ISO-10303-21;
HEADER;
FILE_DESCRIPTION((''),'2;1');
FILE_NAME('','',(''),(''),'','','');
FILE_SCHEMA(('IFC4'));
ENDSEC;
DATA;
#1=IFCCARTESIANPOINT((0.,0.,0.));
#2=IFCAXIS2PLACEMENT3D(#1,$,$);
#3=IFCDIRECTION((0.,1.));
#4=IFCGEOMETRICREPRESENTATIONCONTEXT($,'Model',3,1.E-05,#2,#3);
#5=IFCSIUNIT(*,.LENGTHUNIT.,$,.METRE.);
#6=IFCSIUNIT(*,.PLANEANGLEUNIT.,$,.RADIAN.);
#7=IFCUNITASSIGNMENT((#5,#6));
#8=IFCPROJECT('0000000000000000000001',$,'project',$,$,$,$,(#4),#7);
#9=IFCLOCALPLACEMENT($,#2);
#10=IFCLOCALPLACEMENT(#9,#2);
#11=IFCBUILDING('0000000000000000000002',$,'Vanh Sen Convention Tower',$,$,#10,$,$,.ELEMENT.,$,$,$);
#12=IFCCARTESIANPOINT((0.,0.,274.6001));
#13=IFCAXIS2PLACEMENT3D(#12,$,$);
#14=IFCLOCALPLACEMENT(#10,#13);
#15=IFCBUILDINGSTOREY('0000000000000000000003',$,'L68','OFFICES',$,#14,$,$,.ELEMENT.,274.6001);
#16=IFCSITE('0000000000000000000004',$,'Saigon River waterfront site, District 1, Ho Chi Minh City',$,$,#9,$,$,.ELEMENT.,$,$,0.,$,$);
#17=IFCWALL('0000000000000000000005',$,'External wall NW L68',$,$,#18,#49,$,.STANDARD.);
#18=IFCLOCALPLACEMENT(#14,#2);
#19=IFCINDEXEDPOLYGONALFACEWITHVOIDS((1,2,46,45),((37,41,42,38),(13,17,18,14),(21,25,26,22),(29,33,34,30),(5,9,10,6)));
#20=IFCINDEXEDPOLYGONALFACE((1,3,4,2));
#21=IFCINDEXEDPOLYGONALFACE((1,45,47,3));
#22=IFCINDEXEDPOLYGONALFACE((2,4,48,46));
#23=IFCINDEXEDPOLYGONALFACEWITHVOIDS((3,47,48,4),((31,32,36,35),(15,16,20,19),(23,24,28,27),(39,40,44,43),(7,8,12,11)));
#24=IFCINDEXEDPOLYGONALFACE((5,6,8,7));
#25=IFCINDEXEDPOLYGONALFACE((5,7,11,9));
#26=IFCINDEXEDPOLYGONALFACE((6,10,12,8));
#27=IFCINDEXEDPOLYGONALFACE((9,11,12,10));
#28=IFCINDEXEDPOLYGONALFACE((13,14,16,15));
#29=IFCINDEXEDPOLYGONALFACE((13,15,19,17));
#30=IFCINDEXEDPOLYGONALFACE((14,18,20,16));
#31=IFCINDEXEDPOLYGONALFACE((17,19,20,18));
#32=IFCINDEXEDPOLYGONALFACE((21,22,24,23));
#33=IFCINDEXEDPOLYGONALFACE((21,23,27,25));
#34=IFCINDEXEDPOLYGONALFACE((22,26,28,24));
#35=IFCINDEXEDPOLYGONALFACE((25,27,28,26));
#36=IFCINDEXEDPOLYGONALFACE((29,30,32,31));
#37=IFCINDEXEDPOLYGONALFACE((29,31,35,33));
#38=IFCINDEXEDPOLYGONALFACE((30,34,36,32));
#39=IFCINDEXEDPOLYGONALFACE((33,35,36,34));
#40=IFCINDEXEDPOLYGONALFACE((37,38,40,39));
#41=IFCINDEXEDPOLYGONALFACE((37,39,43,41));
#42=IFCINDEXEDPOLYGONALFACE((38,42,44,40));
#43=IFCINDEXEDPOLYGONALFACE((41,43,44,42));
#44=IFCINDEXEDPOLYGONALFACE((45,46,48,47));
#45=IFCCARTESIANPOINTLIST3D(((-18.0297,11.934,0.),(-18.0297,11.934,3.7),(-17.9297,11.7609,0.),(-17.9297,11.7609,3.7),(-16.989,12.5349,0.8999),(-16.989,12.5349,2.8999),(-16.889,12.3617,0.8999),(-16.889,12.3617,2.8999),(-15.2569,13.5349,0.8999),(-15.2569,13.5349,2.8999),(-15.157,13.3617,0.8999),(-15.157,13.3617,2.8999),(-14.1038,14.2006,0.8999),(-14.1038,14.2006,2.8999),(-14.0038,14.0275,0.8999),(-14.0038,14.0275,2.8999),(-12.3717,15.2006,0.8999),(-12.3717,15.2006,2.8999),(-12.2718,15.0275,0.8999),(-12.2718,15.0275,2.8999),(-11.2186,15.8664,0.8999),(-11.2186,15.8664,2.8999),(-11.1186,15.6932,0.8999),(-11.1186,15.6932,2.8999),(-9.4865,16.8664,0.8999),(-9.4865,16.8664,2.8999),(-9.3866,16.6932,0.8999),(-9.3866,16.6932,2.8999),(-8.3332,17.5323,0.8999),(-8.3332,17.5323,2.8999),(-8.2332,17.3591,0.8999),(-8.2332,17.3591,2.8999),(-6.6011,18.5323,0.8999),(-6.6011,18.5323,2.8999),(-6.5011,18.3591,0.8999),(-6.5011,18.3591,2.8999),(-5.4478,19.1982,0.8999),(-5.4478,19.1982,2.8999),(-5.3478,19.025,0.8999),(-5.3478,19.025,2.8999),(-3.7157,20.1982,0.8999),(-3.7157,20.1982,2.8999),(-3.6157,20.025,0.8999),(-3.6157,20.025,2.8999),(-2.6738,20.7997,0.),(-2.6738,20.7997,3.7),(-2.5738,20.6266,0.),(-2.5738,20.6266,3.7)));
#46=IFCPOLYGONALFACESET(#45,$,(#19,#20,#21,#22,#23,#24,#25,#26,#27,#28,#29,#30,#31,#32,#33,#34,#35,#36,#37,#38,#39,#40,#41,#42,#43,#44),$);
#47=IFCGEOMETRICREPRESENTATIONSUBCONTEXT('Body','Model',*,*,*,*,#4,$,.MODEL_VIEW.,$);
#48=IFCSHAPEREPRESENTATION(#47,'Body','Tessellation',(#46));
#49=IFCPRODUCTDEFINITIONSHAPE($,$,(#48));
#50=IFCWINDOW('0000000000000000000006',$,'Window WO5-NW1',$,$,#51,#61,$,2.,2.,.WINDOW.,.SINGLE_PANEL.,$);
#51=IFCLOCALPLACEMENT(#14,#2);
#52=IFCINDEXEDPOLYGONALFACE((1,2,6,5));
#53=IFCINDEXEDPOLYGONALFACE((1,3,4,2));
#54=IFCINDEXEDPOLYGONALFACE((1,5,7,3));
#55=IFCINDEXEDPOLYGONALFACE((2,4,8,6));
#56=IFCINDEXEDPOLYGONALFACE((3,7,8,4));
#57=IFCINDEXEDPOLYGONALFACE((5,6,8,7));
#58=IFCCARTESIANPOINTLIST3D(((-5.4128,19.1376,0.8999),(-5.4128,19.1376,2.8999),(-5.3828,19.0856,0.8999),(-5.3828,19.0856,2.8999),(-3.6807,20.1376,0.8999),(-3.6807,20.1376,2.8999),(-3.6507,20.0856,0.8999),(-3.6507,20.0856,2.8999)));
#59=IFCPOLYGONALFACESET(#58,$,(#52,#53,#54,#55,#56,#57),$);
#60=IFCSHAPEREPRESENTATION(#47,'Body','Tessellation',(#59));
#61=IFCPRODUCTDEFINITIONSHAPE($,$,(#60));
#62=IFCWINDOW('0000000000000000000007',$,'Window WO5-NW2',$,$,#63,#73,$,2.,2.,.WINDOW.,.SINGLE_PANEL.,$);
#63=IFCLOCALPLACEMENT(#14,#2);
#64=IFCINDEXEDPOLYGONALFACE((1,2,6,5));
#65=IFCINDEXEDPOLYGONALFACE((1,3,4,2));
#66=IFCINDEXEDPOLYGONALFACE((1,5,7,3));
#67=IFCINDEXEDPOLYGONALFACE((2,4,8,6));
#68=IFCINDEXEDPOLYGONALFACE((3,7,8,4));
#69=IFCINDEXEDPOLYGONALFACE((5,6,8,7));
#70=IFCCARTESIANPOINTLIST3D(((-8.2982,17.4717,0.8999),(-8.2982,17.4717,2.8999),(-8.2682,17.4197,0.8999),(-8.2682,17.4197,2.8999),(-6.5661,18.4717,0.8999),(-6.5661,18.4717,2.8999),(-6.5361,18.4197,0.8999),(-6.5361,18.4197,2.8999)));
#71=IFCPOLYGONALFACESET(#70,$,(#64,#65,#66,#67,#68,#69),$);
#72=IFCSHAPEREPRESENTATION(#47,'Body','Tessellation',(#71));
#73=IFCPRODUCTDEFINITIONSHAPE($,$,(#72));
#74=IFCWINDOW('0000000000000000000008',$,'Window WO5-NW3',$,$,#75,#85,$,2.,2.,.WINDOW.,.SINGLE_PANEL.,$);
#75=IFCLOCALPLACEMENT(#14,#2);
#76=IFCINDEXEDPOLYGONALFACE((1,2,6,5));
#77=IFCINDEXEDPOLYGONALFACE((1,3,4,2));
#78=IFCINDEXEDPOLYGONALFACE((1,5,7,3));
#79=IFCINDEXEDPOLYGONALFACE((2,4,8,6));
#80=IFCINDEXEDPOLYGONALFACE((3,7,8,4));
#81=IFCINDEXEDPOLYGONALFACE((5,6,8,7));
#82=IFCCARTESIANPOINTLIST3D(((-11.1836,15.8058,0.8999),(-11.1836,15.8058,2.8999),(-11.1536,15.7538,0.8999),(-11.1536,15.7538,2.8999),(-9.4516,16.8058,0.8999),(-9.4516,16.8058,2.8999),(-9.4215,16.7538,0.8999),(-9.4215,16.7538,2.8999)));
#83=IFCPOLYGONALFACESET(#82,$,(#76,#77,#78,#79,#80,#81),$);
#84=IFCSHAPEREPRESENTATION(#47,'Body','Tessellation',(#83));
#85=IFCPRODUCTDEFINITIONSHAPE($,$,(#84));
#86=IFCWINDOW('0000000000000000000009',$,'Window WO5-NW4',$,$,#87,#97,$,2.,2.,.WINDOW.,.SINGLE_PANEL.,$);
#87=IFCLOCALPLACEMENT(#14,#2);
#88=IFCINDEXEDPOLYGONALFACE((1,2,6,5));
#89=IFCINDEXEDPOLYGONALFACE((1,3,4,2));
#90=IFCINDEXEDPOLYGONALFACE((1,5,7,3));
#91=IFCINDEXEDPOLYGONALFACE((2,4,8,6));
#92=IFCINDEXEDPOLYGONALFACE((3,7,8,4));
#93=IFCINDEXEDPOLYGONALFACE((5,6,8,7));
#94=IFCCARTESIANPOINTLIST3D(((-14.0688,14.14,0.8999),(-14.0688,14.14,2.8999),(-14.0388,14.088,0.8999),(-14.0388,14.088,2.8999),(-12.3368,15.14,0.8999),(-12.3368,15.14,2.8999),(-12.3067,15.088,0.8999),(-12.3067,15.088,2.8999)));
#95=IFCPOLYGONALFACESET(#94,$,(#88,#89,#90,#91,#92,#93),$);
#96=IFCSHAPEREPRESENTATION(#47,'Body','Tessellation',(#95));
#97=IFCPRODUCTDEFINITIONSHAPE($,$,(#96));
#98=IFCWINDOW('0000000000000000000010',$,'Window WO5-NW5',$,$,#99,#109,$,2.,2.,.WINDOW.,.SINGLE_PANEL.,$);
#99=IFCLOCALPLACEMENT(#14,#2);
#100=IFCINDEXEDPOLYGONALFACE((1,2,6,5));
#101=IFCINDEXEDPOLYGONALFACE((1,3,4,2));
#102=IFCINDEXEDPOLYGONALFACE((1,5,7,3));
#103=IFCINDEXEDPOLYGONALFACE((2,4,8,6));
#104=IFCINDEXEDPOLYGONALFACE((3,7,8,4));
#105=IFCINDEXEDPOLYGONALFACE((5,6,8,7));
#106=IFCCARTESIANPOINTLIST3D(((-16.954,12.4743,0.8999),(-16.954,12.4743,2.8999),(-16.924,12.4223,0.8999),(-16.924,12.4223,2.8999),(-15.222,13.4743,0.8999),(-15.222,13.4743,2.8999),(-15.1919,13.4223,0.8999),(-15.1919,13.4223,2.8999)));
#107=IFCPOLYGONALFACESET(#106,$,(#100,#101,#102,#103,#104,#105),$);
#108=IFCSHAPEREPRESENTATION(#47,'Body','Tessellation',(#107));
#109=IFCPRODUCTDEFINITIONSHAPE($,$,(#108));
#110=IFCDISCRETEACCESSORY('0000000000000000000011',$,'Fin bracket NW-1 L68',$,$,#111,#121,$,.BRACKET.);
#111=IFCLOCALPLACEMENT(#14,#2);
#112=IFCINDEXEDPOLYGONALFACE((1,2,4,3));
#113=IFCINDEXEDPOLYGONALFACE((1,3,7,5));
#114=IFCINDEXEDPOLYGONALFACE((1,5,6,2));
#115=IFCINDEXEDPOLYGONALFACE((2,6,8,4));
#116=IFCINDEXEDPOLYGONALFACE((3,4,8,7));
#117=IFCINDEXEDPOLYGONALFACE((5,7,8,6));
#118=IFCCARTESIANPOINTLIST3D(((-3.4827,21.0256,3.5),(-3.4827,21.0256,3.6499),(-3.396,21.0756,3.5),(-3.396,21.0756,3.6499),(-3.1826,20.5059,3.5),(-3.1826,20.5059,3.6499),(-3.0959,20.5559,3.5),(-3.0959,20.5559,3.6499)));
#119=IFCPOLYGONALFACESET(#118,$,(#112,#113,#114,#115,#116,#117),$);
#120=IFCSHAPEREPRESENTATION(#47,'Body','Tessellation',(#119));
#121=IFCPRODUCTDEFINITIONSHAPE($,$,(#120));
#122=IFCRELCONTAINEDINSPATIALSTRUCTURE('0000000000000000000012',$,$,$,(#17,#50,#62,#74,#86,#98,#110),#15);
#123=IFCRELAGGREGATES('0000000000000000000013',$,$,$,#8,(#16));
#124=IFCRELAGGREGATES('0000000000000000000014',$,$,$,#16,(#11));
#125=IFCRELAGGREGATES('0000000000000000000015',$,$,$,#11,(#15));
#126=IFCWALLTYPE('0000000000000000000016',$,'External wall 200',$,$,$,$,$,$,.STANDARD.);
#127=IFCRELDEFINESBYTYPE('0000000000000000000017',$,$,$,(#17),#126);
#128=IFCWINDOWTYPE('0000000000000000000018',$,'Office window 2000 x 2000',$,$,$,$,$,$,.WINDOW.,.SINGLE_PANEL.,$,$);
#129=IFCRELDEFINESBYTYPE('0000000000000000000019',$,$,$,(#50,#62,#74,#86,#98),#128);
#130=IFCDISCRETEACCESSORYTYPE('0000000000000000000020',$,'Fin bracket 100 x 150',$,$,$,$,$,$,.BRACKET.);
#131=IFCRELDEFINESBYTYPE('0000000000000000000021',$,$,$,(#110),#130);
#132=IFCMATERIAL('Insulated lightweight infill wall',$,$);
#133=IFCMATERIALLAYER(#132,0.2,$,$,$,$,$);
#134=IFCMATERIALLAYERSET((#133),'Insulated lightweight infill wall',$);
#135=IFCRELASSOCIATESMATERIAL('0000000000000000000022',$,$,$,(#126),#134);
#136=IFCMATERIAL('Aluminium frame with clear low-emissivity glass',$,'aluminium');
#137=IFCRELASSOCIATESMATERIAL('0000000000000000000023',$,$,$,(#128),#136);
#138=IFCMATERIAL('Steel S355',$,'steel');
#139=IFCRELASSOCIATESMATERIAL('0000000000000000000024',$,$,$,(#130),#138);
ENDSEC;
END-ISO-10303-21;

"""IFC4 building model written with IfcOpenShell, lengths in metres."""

from ifc_helpers import new_model, si_unit, direction, frame, frame_2d, origin, origin_2d, place, context, subcontext, project, spatial, rectangle, extrude, material, layer, layer_set, type_object, element, fill, save


model = new_model("IFC4")

# Units and contexts
model_context = context("Model", 3, precision=1e-05, world=origin(), true_north=direction((0.0, 1.0)))
body_context = subcontext(model_context, "Body", "Model", "MODEL_VIEW")
ifc_project = project(units=[si_unit("LENGTHUNIT", "METRE"), si_unit("PLANEANGLEUNIT", "RADIAN")], contexts=[model_context])

# Site, building, storey
site_placement = place(None, origin())
site = spatial("IfcSite", under=ifc_project, at=site_placement, Name="Saigon River waterfront site, District 1, Ho Chi Minh City", CompositionType="ELEMENT", RefElevation=0.0)
building_placement = place(site_placement, origin())
building = spatial("IfcBuilding", under=site, at=building_placement, Name="Vanh Sen Convention Tower", CompositionType="ELEMENT")
storey_placement = place(building_placement, frame((0.0, 0.0, 274.6001)))
storey = spatial("IfcBuildingStorey", under=building, at=storey_placement, Name="L68", Description="OFFICES", CompositionType="ELEMENT", Elevation=274.6001)

# Wall, openings, windows
ifc_material_1 = material(Name="Insulated lightweight infill wall")
ifc_layer_1 = layer(ifc_material_1, 0.2)
ifc_layer_set_1 = layer_set([ifc_layer_1], Name="Insulated lightweight infill wall")
wall_type_1 = type_object("IfcWallType", Name="External wall 200", PredefinedType="STANDARD", material=ifc_layer_set_1)
wall_1_placement = place(storey_placement, frame((-2.6238, 20.7131, 0.0), z_axis=(0.0, 0.0, 1.0), x_axis=(-0.866026, -0.499998, 0.0)))
wall_1 = element("IfcWall", 1, at=wall_1_placement, inside=storey, type_object=wall_type_1, Name="External wall NW L68", PredefinedType="STANDARD", context=body_context, shape_type="SweptSolid", body=[
    extrude(rectangle(XDim=17.7314, YDim=0.2, at=frame_2d((8.8657, 0.0))), origin(), (0.0, 0.0, 1.0), 3.7),
])
opening_1_placement = place(wall_1_placement, frame((1.2031, 0.0, 0.8999)))
opening_1 = element("IfcOpeningElement", 2, at=opening_1_placement, cuts=wall_1, PredefinedType="OPENING", context=body_context, shape_type="SweptSolid", body=[
    extrude(rectangle(XDim=2.0, YDim=2.0, at=frame_2d((1.0, 1.0))), frame((0.0, 0.1099, 0.0), z_axis=(0.0, -1.0, 0.0), x_axis=(1.0, 0.0, 0.0)), (0.0, 0.0, 1.0), 0.22),
])
opening_2_placement = place(wall_1_placement, frame((4.5349, 0.0, 0.8999)))
opening_2 = element("IfcOpeningElement", 3, at=opening_2_placement, cuts=wall_1, PredefinedType="OPENING", context=body_context, shape_type="SweptSolid", body=[
    extrude(rectangle(XDim=2.0, YDim=2.0, at=frame_2d((1.0, 1.0))), frame((0.0, 0.1099, 0.0), z_axis=(0.0, -1.0, 0.0), x_axis=(1.0, 0.0, 0.0)), (0.0, 0.0, 1.0), 0.22),
])
opening_3_placement = place(wall_1_placement, frame((7.8667, 0.0, 0.8999)))
opening_3 = element("IfcOpeningElement", 4, at=opening_3_placement, cuts=wall_1, PredefinedType="OPENING", context=body_context, shape_type="SweptSolid", body=[
    extrude(rectangle(XDim=2.0, YDim=2.0, at=frame_2d((1.0, 1.0))), frame((0.0, 0.1099, 0.0), z_axis=(0.0, -1.0, 0.0), x_axis=(1.0, 0.0, 0.0)), (0.0, 0.0, 1.0), 0.22),
])
opening_4_placement = place(wall_1_placement, frame((11.1982, 0.0, 0.8999)))
opening_4 = element("IfcOpeningElement", 5, at=opening_4_placement, cuts=wall_1, PredefinedType="OPENING", context=body_context, shape_type="SweptSolid", body=[
    extrude(rectangle(XDim=2.0, YDim=2.0, at=frame_2d((1.0, 1.0))), frame((0.0, 0.1099, 0.0), z_axis=(0.0, -1.0, 0.0), x_axis=(1.0, 0.0, 0.0)), (0.0, 0.0, 1.0), 0.22),
])
opening_5_placement = place(wall_1_placement, frame((14.5298, 0.0, 0.8999)))
opening_5 = element("IfcOpeningElement", 6, at=opening_5_placement, cuts=wall_1, PredefinedType="OPENING", context=body_context, shape_type="SweptSolid", body=[
    extrude(rectangle(XDim=2.0, YDim=2.0, at=frame_2d((1.0, 1.0))), frame((0.0, 0.1099, 0.0), z_axis=(0.0, -1.0, 0.0), x_axis=(1.0, 0.0, 0.0)), (0.0, 0.0, 1.0), 0.22),
])
ifc_material_2 = material(Name="Aluminium frame with clear low-emissivity glass", Category="aluminium")
window_type = type_object("IfcWindowType", Name="Office window 2000 x 2000", PartitioningType="SINGLE_PANEL", PredefinedType="WINDOW", material=ifc_material_2)
window_1_placement = place(opening_1_placement, origin())
window_1 = element("IfcWindow", 7, at=window_1_placement, inside=storey, type_object=window_type, Name="Window WO5-NW1", OverallHeight=2.0, OverallWidth=2.0, PartitioningType="SINGLE_PANEL", PredefinedType="WINDOW", context=body_context, shape_type="SweptSolid", body=[
    extrude(rectangle(XDim=2.0, YDim=2.0, at=frame_2d((1.0, 1.0))), frame((0.0, 0.03, 0.0), z_axis=(0.0, -1.0, 0.0), x_axis=(1.0, 0.0, 0.0)), (0.0, 0.0, 1.0), 0.0601),
])
fill(opening_1, window_1)
window_2_placement = place(opening_2_placement, origin())
window_2 = element("IfcWindow", 8, at=window_2_placement, inside=storey, type_object=window_type, Name="Window WO5-NW2", OverallHeight=2.0, OverallWidth=2.0, PartitioningType="SINGLE_PANEL", PredefinedType="WINDOW", context=body_context, shape_type="SweptSolid", body=[
    extrude(rectangle(XDim=2.0, YDim=2.0, at=frame_2d((1.0, 1.0))), frame((0.0, 0.03, 0.0), z_axis=(0.0, -1.0, 0.0), x_axis=(1.0, 0.0, 0.0)), (0.0, 0.0, 1.0), 0.0601),
])
fill(opening_2, window_2)
window_3_placement = place(opening_3_placement, origin())
window_3 = element("IfcWindow", 9, at=window_3_placement, inside=storey, type_object=window_type, Name="Window WO5-NW3", OverallHeight=2.0, OverallWidth=2.0, PartitioningType="SINGLE_PANEL", PredefinedType="WINDOW", context=body_context, shape_type="SweptSolid", body=[
    extrude(rectangle(XDim=2.0, YDim=2.0, at=frame_2d((1.0, 1.0))), frame((0.0, 0.03, 0.0), z_axis=(0.0, -1.0, 0.0), x_axis=(1.0, 0.0, 0.0)), (0.0, 0.0, 1.0), 0.0601),
])
fill(opening_3, window_3)
window_4_placement = place(opening_4_placement, origin())
window_4 = element("IfcWindow", 10, at=window_4_placement, inside=storey, type_object=window_type, Name="Window WO5-NW4", OverallHeight=2.0, OverallWidth=2.0, PartitioningType="SINGLE_PANEL", PredefinedType="WINDOW", context=body_context, shape_type="SweptSolid", body=[
    extrude(rectangle(XDim=2.0, YDim=2.0, at=frame_2d((1.0, 1.0))), frame((0.0, 0.03, 0.0), z_axis=(0.0, -1.0, 0.0), x_axis=(1.0, 0.0, 0.0)), (0.0, 0.0, 1.0), 0.0601),
])
fill(opening_4, window_4)
window_5_placement = place(opening_5_placement, origin())
window_5 = element("IfcWindow", 11, at=window_5_placement, inside=storey, type_object=window_type, Name="Window WO5-NW5", OverallHeight=2.0, OverallWidth=2.0, PartitioningType="SINGLE_PANEL", PredefinedType="WINDOW", context=body_context, shape_type="SweptSolid", body=[
    extrude(rectangle(XDim=2.0, YDim=2.0, at=frame_2d((1.0, 1.0))), frame((0.0, 0.03, 0.0), z_axis=(0.0, -1.0, 0.0), x_axis=(1.0, 0.0, 0.0)), (0.0, 0.0, 1.0), 0.0601),
])
fill(opening_5, window_5)

# Discrete accessory
ifc_material_3 = material(Name="Steel S355", Category="steel")
discrete_accessory_type = type_object("IfcDiscreteAccessoryType", Name="Fin bracket 100 x 150", PredefinedType="BRACKET", material=ifc_material_3)
discrete_accessory_placement = place(storey_placement, frame((-3.2893, 20.7908, 3.5), z_axis=(0.0, 0.0, 1.0), x_axis=(-0.5, 0.866025, 0.0)))
element("IfcDiscreteAccessory", 12, at=discrete_accessory_placement, inside=storey, type_object=discrete_accessory_type, Name="Fin bracket NW-1 L68", PredefinedType="BRACKET", context=body_context, shape_type="SweptSolid", body=[
    extrude(rectangle(XDim=0.6001, YDim=0.1001, at=origin_2d()), origin(), (0.0, 0.0, 1.0), 0.1499),
])

save(model, "model.ifc")
